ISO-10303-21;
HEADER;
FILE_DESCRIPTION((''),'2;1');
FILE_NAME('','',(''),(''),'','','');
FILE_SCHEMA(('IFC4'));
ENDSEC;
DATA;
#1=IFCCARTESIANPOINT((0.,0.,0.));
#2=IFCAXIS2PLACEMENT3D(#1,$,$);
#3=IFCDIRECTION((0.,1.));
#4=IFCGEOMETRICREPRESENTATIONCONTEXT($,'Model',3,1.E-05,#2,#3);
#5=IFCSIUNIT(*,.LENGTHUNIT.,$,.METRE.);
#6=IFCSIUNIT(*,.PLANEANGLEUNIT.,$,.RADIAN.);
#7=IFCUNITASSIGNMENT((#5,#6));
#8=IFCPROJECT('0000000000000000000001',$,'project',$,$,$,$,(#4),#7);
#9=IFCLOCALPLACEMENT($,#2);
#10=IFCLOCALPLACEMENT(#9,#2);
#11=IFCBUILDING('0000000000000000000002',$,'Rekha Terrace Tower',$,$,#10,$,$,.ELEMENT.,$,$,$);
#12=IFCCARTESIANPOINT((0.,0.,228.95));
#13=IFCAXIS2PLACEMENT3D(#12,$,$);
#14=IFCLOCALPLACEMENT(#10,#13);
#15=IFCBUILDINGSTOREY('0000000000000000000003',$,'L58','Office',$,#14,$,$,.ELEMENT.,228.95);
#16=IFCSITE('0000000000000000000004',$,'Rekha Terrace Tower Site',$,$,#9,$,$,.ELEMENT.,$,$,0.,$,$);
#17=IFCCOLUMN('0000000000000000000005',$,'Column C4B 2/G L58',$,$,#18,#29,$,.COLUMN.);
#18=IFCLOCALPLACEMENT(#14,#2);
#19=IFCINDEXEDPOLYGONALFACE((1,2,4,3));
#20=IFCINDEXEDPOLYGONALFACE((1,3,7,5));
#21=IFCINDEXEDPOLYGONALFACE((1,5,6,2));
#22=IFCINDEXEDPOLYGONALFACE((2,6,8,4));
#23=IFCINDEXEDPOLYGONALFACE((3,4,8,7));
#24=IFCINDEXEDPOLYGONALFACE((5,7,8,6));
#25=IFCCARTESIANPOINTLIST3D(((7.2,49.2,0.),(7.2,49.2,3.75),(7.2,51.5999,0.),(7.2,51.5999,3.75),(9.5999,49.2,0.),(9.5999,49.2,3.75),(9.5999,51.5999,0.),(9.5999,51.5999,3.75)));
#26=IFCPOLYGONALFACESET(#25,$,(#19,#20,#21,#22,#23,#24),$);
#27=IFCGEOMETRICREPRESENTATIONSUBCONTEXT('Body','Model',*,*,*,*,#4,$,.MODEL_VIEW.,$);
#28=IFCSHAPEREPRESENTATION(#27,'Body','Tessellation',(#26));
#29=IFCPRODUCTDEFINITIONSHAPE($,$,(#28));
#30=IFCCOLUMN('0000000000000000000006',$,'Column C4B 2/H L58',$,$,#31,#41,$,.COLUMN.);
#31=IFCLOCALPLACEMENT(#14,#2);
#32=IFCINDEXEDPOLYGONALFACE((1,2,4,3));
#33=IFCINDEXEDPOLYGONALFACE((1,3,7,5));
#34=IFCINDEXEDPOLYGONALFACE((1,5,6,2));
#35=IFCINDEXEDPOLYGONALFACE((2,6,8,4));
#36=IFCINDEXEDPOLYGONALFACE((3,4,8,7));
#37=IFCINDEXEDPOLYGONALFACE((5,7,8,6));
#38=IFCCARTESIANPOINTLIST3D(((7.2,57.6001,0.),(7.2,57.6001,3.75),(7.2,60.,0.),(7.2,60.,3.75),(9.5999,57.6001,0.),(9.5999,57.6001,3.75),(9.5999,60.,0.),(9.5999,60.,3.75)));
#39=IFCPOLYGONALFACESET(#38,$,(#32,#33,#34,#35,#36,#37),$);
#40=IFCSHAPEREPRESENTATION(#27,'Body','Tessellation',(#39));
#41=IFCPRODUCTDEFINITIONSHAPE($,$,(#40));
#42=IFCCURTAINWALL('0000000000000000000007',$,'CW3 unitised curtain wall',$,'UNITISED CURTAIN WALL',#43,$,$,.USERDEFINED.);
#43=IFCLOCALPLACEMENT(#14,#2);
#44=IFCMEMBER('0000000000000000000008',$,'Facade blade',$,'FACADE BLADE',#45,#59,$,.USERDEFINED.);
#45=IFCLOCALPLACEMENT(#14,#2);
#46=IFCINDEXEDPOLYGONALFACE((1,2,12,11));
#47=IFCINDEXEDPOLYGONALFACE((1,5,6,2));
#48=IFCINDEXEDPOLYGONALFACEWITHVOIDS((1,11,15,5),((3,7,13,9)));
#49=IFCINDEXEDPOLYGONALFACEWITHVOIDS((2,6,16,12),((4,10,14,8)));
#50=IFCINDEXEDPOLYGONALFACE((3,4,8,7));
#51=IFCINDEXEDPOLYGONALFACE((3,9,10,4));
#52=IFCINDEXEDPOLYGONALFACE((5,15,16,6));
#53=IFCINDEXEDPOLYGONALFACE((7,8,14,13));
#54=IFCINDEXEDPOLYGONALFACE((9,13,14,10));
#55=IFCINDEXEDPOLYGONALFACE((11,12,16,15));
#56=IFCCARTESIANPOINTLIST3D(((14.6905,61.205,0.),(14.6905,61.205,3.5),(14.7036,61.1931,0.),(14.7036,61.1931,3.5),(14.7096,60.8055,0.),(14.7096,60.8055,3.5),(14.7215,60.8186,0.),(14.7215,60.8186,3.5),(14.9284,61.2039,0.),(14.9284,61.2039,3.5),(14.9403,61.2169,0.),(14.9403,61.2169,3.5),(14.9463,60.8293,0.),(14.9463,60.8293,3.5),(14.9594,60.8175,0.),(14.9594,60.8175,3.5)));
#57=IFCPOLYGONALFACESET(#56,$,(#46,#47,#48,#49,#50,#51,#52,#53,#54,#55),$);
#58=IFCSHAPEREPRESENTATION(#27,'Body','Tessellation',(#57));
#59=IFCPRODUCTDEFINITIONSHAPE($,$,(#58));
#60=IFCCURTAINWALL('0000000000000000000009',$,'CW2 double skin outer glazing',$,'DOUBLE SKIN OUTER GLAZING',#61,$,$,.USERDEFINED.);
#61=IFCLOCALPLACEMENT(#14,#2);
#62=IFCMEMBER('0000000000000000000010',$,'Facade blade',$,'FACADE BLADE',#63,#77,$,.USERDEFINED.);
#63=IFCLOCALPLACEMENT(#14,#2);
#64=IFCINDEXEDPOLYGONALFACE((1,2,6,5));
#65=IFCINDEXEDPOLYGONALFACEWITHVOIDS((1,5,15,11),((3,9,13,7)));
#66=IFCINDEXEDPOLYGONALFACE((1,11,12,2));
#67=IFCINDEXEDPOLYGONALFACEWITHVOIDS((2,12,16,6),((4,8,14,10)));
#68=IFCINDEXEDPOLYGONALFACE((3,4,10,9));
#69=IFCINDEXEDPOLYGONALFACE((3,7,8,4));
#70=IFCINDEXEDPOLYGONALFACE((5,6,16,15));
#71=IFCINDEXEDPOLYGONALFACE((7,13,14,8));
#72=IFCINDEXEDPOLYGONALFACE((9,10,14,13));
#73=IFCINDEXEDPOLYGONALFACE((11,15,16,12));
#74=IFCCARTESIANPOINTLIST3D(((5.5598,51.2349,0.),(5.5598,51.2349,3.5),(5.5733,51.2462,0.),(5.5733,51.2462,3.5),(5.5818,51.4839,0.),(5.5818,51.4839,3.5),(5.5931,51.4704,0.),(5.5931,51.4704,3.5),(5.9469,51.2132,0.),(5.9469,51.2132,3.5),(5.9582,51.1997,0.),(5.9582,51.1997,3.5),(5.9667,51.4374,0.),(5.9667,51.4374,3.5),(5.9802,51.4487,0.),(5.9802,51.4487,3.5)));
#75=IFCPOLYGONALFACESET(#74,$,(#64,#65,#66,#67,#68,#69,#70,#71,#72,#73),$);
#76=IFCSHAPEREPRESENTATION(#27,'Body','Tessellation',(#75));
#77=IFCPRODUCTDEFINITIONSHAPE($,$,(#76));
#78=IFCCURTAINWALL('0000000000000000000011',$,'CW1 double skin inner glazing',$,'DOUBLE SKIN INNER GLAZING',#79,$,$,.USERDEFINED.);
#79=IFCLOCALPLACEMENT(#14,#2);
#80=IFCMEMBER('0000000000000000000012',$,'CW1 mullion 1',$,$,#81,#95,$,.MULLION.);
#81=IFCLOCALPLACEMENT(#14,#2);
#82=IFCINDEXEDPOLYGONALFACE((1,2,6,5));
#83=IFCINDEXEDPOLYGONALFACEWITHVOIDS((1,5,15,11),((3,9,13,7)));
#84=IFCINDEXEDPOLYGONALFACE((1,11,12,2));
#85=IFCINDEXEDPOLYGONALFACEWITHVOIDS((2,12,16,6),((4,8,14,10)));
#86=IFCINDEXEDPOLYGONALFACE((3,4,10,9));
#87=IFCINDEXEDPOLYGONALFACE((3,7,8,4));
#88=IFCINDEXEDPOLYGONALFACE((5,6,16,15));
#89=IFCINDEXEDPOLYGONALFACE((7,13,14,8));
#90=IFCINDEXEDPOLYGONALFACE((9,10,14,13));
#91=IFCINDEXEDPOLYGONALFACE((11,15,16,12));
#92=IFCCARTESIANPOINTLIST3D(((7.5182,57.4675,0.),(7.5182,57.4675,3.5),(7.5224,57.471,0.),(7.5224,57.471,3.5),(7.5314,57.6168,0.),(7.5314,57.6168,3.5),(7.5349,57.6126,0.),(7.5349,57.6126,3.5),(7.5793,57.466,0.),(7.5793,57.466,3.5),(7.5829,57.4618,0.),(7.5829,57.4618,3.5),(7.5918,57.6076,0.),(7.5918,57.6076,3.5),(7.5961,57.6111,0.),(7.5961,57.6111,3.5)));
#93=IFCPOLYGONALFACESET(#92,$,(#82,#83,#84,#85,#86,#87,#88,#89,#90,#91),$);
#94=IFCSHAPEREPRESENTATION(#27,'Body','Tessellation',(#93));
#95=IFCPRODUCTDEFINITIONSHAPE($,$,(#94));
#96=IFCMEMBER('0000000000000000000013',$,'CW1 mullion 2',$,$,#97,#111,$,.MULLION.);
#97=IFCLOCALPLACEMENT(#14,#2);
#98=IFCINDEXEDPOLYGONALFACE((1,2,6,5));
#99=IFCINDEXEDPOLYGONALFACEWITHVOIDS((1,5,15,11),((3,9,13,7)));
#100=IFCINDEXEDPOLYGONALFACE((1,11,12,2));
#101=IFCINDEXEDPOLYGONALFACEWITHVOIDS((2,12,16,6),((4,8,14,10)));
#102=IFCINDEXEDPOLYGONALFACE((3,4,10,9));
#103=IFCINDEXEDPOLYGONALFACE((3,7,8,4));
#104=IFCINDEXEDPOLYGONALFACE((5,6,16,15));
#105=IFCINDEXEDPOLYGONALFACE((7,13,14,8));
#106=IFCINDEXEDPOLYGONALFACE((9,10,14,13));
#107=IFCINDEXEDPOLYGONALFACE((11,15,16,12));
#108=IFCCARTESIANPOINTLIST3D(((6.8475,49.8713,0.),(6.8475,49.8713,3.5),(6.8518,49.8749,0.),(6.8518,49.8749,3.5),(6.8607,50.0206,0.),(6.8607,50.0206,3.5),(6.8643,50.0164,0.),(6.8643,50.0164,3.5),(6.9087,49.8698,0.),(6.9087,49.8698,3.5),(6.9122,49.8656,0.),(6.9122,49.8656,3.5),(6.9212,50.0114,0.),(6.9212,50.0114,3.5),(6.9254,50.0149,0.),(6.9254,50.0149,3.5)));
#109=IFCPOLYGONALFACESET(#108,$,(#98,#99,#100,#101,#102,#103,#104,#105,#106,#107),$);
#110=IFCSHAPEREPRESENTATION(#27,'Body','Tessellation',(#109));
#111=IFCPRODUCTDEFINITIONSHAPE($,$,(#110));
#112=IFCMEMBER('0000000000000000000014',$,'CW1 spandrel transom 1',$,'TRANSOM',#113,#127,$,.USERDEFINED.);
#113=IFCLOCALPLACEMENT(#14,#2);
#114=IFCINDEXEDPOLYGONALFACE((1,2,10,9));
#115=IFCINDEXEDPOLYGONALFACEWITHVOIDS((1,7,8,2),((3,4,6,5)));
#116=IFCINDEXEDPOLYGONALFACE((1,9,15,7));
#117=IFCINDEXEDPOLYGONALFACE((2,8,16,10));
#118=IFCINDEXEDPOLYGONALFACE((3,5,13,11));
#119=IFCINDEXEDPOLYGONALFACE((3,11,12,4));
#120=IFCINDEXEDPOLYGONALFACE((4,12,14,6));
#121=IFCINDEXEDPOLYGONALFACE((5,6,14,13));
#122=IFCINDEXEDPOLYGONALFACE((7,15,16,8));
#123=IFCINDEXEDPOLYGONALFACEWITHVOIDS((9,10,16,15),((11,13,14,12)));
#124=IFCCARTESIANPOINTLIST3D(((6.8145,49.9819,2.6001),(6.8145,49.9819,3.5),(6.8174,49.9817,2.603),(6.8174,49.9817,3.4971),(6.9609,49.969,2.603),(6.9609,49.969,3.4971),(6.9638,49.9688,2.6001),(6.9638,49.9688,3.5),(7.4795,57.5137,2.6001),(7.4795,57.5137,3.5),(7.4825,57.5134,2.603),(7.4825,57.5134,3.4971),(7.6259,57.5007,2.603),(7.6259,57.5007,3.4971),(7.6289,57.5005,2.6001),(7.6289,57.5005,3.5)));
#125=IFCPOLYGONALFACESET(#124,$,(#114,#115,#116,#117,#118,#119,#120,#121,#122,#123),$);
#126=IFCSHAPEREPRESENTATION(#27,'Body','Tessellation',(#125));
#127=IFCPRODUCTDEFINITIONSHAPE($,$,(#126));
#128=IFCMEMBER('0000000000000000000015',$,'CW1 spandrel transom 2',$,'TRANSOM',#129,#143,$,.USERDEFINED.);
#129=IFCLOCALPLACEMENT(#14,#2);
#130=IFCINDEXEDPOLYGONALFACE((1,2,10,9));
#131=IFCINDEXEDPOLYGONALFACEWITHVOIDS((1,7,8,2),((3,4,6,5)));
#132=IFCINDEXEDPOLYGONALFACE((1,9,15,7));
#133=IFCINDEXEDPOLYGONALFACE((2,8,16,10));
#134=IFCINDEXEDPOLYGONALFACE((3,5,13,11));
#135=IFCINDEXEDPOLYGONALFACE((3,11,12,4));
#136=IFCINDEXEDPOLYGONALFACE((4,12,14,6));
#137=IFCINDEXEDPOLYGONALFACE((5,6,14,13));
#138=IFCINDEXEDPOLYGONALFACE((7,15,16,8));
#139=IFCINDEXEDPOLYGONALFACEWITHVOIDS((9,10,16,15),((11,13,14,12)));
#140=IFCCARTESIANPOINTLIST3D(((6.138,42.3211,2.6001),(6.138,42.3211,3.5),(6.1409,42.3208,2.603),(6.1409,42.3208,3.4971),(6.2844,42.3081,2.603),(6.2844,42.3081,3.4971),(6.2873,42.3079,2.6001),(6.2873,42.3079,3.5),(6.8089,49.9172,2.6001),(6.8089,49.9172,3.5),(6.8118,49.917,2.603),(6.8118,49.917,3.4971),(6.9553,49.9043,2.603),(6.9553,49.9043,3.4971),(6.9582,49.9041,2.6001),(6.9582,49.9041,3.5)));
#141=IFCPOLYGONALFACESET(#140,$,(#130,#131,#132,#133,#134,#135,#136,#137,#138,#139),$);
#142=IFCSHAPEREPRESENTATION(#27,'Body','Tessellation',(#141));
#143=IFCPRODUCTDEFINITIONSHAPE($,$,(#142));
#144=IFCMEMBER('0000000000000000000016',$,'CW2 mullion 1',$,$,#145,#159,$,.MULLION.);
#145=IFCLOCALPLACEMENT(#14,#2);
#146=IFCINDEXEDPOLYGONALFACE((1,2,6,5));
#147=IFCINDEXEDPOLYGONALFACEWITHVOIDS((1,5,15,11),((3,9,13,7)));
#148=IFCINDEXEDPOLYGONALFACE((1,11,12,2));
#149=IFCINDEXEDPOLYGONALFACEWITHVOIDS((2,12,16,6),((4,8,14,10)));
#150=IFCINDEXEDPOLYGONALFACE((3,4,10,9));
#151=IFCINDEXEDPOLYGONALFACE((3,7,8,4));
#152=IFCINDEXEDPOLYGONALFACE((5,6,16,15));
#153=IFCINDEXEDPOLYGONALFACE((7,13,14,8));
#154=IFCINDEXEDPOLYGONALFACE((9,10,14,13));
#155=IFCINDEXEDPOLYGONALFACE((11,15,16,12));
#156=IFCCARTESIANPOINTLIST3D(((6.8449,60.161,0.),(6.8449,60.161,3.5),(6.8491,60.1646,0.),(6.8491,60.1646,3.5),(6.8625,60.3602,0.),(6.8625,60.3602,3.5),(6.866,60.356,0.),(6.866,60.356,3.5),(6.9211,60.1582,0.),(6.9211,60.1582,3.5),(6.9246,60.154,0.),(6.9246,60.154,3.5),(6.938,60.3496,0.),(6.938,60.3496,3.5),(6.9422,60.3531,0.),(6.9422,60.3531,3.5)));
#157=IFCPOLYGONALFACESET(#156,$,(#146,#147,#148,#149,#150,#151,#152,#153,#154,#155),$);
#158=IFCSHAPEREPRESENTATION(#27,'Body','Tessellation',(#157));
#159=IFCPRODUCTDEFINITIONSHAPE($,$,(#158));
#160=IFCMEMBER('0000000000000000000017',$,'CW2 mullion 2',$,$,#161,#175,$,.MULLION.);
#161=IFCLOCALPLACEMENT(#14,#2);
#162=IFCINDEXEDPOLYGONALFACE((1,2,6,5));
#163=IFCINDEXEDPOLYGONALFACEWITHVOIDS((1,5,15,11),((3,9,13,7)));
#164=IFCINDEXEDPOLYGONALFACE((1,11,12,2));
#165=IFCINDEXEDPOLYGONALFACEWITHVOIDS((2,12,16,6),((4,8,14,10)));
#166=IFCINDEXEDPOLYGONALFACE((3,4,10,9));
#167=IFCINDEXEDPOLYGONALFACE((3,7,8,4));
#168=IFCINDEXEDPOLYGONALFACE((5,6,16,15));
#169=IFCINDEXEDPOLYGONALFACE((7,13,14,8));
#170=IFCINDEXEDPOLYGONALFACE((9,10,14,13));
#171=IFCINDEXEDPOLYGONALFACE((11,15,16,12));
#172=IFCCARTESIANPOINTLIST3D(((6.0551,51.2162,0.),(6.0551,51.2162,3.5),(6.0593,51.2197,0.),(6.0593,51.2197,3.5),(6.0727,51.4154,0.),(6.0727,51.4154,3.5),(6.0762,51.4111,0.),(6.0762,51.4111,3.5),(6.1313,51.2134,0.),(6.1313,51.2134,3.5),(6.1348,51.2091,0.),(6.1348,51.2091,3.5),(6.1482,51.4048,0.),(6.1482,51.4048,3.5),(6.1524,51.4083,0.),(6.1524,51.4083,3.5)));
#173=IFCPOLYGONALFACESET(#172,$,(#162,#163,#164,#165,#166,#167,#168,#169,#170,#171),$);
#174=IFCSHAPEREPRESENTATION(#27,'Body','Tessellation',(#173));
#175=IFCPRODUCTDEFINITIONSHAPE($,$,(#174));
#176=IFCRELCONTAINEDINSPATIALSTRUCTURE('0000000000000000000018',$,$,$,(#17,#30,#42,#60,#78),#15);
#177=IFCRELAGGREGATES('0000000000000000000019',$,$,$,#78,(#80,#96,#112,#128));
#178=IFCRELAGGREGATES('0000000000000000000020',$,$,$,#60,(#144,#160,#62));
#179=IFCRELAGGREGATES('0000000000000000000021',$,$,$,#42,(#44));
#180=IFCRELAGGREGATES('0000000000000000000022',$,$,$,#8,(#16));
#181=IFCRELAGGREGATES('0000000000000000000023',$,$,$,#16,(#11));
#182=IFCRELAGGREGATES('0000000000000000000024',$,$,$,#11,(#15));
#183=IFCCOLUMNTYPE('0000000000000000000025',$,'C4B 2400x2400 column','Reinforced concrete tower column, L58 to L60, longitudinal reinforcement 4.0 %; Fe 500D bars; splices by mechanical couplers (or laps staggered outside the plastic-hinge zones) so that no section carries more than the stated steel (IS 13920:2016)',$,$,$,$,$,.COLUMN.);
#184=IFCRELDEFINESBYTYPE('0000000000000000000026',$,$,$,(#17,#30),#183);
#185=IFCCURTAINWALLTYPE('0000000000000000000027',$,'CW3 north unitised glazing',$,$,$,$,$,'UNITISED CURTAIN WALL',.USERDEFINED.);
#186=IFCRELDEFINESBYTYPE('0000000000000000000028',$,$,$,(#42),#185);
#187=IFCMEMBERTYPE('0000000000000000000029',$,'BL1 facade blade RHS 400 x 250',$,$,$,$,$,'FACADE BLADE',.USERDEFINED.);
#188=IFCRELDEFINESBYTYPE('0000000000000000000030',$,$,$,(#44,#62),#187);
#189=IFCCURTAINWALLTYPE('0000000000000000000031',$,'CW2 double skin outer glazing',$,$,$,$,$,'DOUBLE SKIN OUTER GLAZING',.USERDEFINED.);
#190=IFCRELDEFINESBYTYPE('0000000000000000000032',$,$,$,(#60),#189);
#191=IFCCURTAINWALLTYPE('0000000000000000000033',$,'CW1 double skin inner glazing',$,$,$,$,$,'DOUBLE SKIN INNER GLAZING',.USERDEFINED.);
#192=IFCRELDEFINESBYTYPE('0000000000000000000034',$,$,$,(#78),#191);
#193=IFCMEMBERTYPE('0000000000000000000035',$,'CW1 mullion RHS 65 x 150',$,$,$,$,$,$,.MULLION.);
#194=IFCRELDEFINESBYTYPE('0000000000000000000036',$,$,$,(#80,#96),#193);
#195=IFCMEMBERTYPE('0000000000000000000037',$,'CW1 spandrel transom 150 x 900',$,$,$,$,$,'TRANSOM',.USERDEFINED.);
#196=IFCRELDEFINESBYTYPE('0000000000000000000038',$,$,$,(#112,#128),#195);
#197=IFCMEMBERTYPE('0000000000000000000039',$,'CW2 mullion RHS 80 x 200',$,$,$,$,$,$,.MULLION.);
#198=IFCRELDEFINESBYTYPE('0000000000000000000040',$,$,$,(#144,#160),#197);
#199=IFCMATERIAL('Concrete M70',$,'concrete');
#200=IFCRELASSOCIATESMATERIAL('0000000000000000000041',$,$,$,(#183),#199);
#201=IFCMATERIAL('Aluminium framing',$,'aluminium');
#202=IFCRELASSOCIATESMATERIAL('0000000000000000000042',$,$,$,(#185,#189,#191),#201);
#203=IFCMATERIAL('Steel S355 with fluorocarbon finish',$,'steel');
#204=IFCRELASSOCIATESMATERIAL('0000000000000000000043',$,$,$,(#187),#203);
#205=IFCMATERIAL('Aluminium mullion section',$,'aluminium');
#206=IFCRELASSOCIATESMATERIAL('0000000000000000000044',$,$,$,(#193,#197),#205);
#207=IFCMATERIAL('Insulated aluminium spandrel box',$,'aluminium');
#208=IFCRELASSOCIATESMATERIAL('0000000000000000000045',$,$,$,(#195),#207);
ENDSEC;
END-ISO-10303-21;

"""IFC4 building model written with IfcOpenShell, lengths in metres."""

from ifc_helpers import new_model, si_unit, direction, frame, origin, origin_2d, place, context, subcontext, project, spatial, rectangle, hollow_rectangle, extrude, material, material_profile, profile_set, type_object, element, aggregate, save


model = new_model("IFC4")

# Units and contexts
model_context = context("Model", 3, precision=1e-05, world=origin(), true_north=direction((0.0, 1.0)))
body_context = subcontext(model_context, "Body", "Model", "MODEL_VIEW")
ifc_project = project(units=[si_unit("LENGTHUNIT", "METRE"), si_unit("PLANEANGLEUNIT", "RADIAN")], contexts=[model_context])

# Site, building, storey
site_placement = place(None, origin())
site = spatial("IfcSite", under=ifc_project, at=site_placement, Name="Rekha Terrace Tower Site", CompositionType="ELEMENT", RefElevation=0.0)
building_placement = place(site_placement, origin())
building = spatial("IfcBuilding", under=site, at=building_placement, Name="Rekha Terrace Tower", CompositionType="ELEMENT")
storey_placement = place(building_placement, frame((0.0, 0.0, 228.95)))
storey = spatial("IfcBuildingStorey", under=building, at=storey_placement, Name="L58", Description="Office", CompositionType="ELEMENT", Elevation=228.95)

# Columns
ifc_material_1 = material(Name="Concrete M70", Category="concrete")
ifc_material_profile_1 = material_profile(ifc_material_1, rectangle(XDim=2.3999, YDim=2.3999, at=origin_2d()), Name="RC 2400x2400")
ifc_profile_set_1 = profile_set([ifc_material_profile_1], Name="Concrete M70")
column_type = type_object("IfcColumnType", Name="C4B 2400x2400 column", Description="Reinforced concrete tower column, L58 to L60, longitudinal reinforcement 4.0 %; Fe 500D bars; splices by mechanical couplers (or laps staggered outside the plastic-hinge zones) so that no section carries more than the stated steel (IS 13920:2016)", PredefinedType="COLUMN", material=ifc_profile_set_1)
for number, where, z_axis, x_axis, name in (
    (1, (8.3999, 50.3999, 0.0), (0.0, 0.0, 1.0), (1.0, 0.0, 0.0), "Column C4B 2/G L58"),
    (2, (8.3999, 58.8, 0.0), (0.0, 0.0, 1.0), (1.0, 0.0, 0.0), "Column C4B 2/H L58"),
):
    element("IfcColumn", number, at=place(storey_placement, frame(where, z_axis=z_axis, x_axis=x_axis)), inside=storey, type_object=column_type, Name=name, PredefinedType="COLUMN", context=body_context, shape_type="SweptSolid", body=[
        extrude(rectangle(XDim=2.3999, YDim=2.3999, at=origin_2d()), origin(), (0.0, 0.0, 1.0), 3.75),
    ])

# Curtain walls, members
ifc_material_2 = material(Name="Aluminium framing", Category="aluminium")
curtain_wall_type_1 = type_object("IfcCurtainWallType", Name="CW3 north unitised glazing", ElementType="UNITISED CURTAIN WALL", PredefinedType="USERDEFINED", material=ifc_material_2)
curtain_wall_1_placement = place(storey_placement, origin())
curtain_wall_1 = element("IfcCurtainWall", 3, at=curtain_wall_1_placement, inside=storey, type_object=curtain_wall_type_1, Name="CW3 unitised curtain wall", ObjectType="UNITISED CURTAIN WALL", PredefinedType="USERDEFINED")
ifc_material_3 = material(Name="Steel S355 with fluorocarbon finish", Category="steel")
ifc_material_profile_2 = material_profile(ifc_material_3, hollow_rectangle(XDim=0.25, YDim=0.3999, WallThickness=0.0125, at=origin_2d()), Name="RHS400x250x12.5")
ifc_profile_set_2 = profile_set([ifc_material_profile_2], Name="Steel S355 with fluorocarbon finish")
member_type_1 = type_object("IfcMemberType", Name="BL1 facade blade RHS 400 x 250", ElementType="FACADE BLADE", PredefinedType="USERDEFINED", material=ifc_profile_set_2)
member_1_placement = place(storey_placement, frame((14.825, 61.0112, 0.0), z_axis=(0.0, 0.0, 1.0), x_axis=(-0.998859, -0.047758, 0.0)))
member_1 = element("IfcMember", 4, at=member_1_placement, type_object=member_type_1, Name="Facade blade", ObjectType="FACADE BLADE", PredefinedType="USERDEFINED", context=body_context, shape_type="SweptSolid", body=[
    extrude(hollow_rectangle(XDim=0.25, YDim=0.3999, WallThickness=0.0125, at=origin_2d()), origin(), (0.0, 0.0, 1.0), 3.5),
])
curtain_wall_type_2 = type_object("IfcCurtainWallType", Name="CW2 double skin outer glazing", ElementType="DOUBLE SKIN OUTER GLAZING", PredefinedType="USERDEFINED", material=ifc_material_2)
curtain_wall_2_placement = place(storey_placement, origin())
curtain_wall_2 = element("IfcCurtainWall", 5, at=curtain_wall_2_placement, inside=storey, type_object=curtain_wall_type_2, Name="CW2 double skin outer glazing", ObjectType="DOUBLE SKIN OUTER GLAZING", PredefinedType="USERDEFINED")
member_2_placement = place(storey_placement, frame((5.77, 51.3418, 0.0), z_axis=(0.0, 0.0, 1.0), x_axis=(-0.087957, -0.996124, 0.0)))
member_2 = element("IfcMember", 6, at=member_2_placement, type_object=member_type_1, Name="Facade blade", ObjectType="FACADE BLADE", PredefinedType="USERDEFINED", context=body_context, shape_type="SweptSolid", body=[
    extrude(hollow_rectangle(XDim=0.25, YDim=0.3999, WallThickness=0.0125, at=origin_2d()), origin(), (0.0, 0.0, 1.0), 3.5),
])

# Curtain wall, members
curtain_wall_type_3 = type_object("IfcCurtainWallType", Name="CW1 double skin inner glazing", ElementType="DOUBLE SKIN INNER GLAZING", PredefinedType="USERDEFINED", material=ifc_material_2)
curtain_wall_3_placement = place(storey_placement, origin())
curtain_wall_3 = element("IfcCurtainWall", 7, at=curtain_wall_3_placement, inside=storey, type_object=curtain_wall_type_3, Name="CW1 double skin inner glazing", ObjectType="DOUBLE SKIN INNER GLAZING", PredefinedType="USERDEFINED")
ifc_material_4 = material(Name="Aluminium mullion section", Category="aluminium")
ifc_material_profile_3 = material_profile(ifc_material_4, hollow_rectangle(XDim=0.0649, YDim=0.1499, WallThickness=0.0039, at=origin_2d()), Name="AL RHS 65x150")
ifc_profile_set_3 = profile_set([ifc_material_profile_3], Name="Aluminium mullion section")
member_type_2 = type_object("IfcMemberType", Name="CW1 mullion RHS 65 x 150", PredefinedType="MULLION", material=ifc_profile_set_3)
member_3_placement = place(storey_placement, frame((7.5571, 57.5393, 0.0), z_axis=(0.0, 0.0, 1.0), x_axis=(0.996124, -0.087958, 0.0)))
member_3 = element("IfcMember", 8, at=member_3_placement, type_object=member_type_2, Name="CW1 mullion 1", PredefinedType="MULLION", context=body_context, shape_type="SweptSolid", body=[
    extrude(hollow_rectangle(XDim=0.0649, YDim=0.1499, WallThickness=0.0039, at=origin_2d()), origin(), (0.0, 0.0, 1.0), 3.5),
])
member_4_placement = place(storey_placement, frame((6.8865, 49.9431, 0.0), z_axis=(0.0, 0.0, 1.0), x_axis=(0.996124, -0.087958, 0.0)))
member_4 = element("IfcMember", 9, at=member_4_placement, type_object=member_type_2, Name="CW1 mullion 2", PredefinedType="MULLION", context=body_context, shape_type="SweptSolid", body=[
    extrude(hollow_rectangle(XDim=0.0649, YDim=0.1499, WallThickness=0.0039, at=origin_2d()), origin(), (0.0, 0.0, 1.0), 3.5),
])
ifc_material_5 = material(Name="Insulated aluminium spandrel box", Category="aluminium")
ifc_material_profile_4 = material_profile(ifc_material_5, hollow_rectangle(XDim=0.1499, YDim=0.8999, WallThickness=0.0029, at=origin_2d()), Name="AL SPANDREL BOX 150x900")
ifc_profile_set_4 = profile_set([ifc_material_profile_4], Name="Insulated aluminium spandrel box")
member_type_3 = type_object("IfcMemberType", Name="CW1 spandrel transom 150 x 900", ElementType="TRANSOM", PredefinedType="USERDEFINED", material=ifc_profile_set_4)
member_5_placement = place(storey_placement, frame((7.5542, 57.5071, 3.05), z_axis=(-0.087956, -0.996124, 0.0), x_axis=(0.996124, -0.087956, 0.0)))
member_5 = element("IfcMember", 10, at=member_5_placement, type_object=member_type_3, Name="CW1 spandrel transom 1", ObjectType="TRANSOM", PredefinedType="USERDEFINED", context=body_context, shape_type="SweptSolid", body=[
    extrude(hollow_rectangle(XDim=0.1499, YDim=0.8999, WallThickness=0.0029, at=origin_2d()), origin(), (0.0, 0.0, 1.0), 7.561),
])
member_6_placement = place(storey_placement, frame((6.8835, 49.9106, 3.05), z_axis=(-0.087978, -0.996122, 0.0), x_axis=(0.996122, -0.087978, 0.0)))
member_6 = element("IfcMember", 11, at=member_6_placement, type_object=member_type_3, Name="CW1 spandrel transom 2", ObjectType="TRANSOM", PredefinedType="USERDEFINED", context=body_context, shape_type="SweptSolid", body=[
    extrude(hollow_rectangle(XDim=0.1499, YDim=0.8999, WallThickness=0.0029, at=origin_2d()), origin(), (0.0, 0.0, 1.0), 7.6257),
])

# Members
ifc_material_profile_5 = material_profile(ifc_material_4, hollow_rectangle(XDim=0.0801, YDim=0.2, WallThickness=0.0039, at=origin_2d()), Name="AL RHS 80x200")
ifc_profile_set_5 = profile_set([ifc_material_profile_5], Name="Aluminium mullion section")
member_type_4 = type_object("IfcMemberType", Name="CW2 mullion RHS 80 x 200", PredefinedType="MULLION", material=ifc_profile_set_5)
member_7_placement = place(storey_placement, frame((6.8936, 60.2571, 0.0), z_axis=(0.0, 0.0, 1.0), x_axis=(0.996124, -0.087958, 0.0)))
member_7 = element("IfcMember", 12, at=member_7_placement, type_object=member_type_4, Name="CW2 mullion 1", PredefinedType="MULLION", context=body_context, shape_type="SweptSolid", body=[
    extrude(hollow_rectangle(XDim=0.0801, YDim=0.2, WallThickness=0.0039, at=origin_2d()), origin(), (0.0, 0.0, 1.0), 3.5),
])
member_8_placement = place(storey_placement, frame((6.1038, 51.3123, 0.0), z_axis=(0.0, 0.0, 1.0), x_axis=(0.996124, -0.087958, 0.0)))
member_8 = element("IfcMember", 13, at=member_8_placement, type_object=member_type_4, Name="CW2 mullion 2", PredefinedType="MULLION", context=body_context, shape_type="SweptSolid", body=[
    extrude(hollow_rectangle(XDim=0.0801, YDim=0.2, WallThickness=0.0039, at=origin_2d()), origin(), (0.0, 0.0, 1.0), 3.5),
])

aggregate(curtain_wall_3, [member_3, member_4, member_5, member_6])
aggregate(curtain_wall_2, [member_7, member_8, member_2])
aggregate(curtain_wall_1, [member_1])

save(model, "model.ifc")
